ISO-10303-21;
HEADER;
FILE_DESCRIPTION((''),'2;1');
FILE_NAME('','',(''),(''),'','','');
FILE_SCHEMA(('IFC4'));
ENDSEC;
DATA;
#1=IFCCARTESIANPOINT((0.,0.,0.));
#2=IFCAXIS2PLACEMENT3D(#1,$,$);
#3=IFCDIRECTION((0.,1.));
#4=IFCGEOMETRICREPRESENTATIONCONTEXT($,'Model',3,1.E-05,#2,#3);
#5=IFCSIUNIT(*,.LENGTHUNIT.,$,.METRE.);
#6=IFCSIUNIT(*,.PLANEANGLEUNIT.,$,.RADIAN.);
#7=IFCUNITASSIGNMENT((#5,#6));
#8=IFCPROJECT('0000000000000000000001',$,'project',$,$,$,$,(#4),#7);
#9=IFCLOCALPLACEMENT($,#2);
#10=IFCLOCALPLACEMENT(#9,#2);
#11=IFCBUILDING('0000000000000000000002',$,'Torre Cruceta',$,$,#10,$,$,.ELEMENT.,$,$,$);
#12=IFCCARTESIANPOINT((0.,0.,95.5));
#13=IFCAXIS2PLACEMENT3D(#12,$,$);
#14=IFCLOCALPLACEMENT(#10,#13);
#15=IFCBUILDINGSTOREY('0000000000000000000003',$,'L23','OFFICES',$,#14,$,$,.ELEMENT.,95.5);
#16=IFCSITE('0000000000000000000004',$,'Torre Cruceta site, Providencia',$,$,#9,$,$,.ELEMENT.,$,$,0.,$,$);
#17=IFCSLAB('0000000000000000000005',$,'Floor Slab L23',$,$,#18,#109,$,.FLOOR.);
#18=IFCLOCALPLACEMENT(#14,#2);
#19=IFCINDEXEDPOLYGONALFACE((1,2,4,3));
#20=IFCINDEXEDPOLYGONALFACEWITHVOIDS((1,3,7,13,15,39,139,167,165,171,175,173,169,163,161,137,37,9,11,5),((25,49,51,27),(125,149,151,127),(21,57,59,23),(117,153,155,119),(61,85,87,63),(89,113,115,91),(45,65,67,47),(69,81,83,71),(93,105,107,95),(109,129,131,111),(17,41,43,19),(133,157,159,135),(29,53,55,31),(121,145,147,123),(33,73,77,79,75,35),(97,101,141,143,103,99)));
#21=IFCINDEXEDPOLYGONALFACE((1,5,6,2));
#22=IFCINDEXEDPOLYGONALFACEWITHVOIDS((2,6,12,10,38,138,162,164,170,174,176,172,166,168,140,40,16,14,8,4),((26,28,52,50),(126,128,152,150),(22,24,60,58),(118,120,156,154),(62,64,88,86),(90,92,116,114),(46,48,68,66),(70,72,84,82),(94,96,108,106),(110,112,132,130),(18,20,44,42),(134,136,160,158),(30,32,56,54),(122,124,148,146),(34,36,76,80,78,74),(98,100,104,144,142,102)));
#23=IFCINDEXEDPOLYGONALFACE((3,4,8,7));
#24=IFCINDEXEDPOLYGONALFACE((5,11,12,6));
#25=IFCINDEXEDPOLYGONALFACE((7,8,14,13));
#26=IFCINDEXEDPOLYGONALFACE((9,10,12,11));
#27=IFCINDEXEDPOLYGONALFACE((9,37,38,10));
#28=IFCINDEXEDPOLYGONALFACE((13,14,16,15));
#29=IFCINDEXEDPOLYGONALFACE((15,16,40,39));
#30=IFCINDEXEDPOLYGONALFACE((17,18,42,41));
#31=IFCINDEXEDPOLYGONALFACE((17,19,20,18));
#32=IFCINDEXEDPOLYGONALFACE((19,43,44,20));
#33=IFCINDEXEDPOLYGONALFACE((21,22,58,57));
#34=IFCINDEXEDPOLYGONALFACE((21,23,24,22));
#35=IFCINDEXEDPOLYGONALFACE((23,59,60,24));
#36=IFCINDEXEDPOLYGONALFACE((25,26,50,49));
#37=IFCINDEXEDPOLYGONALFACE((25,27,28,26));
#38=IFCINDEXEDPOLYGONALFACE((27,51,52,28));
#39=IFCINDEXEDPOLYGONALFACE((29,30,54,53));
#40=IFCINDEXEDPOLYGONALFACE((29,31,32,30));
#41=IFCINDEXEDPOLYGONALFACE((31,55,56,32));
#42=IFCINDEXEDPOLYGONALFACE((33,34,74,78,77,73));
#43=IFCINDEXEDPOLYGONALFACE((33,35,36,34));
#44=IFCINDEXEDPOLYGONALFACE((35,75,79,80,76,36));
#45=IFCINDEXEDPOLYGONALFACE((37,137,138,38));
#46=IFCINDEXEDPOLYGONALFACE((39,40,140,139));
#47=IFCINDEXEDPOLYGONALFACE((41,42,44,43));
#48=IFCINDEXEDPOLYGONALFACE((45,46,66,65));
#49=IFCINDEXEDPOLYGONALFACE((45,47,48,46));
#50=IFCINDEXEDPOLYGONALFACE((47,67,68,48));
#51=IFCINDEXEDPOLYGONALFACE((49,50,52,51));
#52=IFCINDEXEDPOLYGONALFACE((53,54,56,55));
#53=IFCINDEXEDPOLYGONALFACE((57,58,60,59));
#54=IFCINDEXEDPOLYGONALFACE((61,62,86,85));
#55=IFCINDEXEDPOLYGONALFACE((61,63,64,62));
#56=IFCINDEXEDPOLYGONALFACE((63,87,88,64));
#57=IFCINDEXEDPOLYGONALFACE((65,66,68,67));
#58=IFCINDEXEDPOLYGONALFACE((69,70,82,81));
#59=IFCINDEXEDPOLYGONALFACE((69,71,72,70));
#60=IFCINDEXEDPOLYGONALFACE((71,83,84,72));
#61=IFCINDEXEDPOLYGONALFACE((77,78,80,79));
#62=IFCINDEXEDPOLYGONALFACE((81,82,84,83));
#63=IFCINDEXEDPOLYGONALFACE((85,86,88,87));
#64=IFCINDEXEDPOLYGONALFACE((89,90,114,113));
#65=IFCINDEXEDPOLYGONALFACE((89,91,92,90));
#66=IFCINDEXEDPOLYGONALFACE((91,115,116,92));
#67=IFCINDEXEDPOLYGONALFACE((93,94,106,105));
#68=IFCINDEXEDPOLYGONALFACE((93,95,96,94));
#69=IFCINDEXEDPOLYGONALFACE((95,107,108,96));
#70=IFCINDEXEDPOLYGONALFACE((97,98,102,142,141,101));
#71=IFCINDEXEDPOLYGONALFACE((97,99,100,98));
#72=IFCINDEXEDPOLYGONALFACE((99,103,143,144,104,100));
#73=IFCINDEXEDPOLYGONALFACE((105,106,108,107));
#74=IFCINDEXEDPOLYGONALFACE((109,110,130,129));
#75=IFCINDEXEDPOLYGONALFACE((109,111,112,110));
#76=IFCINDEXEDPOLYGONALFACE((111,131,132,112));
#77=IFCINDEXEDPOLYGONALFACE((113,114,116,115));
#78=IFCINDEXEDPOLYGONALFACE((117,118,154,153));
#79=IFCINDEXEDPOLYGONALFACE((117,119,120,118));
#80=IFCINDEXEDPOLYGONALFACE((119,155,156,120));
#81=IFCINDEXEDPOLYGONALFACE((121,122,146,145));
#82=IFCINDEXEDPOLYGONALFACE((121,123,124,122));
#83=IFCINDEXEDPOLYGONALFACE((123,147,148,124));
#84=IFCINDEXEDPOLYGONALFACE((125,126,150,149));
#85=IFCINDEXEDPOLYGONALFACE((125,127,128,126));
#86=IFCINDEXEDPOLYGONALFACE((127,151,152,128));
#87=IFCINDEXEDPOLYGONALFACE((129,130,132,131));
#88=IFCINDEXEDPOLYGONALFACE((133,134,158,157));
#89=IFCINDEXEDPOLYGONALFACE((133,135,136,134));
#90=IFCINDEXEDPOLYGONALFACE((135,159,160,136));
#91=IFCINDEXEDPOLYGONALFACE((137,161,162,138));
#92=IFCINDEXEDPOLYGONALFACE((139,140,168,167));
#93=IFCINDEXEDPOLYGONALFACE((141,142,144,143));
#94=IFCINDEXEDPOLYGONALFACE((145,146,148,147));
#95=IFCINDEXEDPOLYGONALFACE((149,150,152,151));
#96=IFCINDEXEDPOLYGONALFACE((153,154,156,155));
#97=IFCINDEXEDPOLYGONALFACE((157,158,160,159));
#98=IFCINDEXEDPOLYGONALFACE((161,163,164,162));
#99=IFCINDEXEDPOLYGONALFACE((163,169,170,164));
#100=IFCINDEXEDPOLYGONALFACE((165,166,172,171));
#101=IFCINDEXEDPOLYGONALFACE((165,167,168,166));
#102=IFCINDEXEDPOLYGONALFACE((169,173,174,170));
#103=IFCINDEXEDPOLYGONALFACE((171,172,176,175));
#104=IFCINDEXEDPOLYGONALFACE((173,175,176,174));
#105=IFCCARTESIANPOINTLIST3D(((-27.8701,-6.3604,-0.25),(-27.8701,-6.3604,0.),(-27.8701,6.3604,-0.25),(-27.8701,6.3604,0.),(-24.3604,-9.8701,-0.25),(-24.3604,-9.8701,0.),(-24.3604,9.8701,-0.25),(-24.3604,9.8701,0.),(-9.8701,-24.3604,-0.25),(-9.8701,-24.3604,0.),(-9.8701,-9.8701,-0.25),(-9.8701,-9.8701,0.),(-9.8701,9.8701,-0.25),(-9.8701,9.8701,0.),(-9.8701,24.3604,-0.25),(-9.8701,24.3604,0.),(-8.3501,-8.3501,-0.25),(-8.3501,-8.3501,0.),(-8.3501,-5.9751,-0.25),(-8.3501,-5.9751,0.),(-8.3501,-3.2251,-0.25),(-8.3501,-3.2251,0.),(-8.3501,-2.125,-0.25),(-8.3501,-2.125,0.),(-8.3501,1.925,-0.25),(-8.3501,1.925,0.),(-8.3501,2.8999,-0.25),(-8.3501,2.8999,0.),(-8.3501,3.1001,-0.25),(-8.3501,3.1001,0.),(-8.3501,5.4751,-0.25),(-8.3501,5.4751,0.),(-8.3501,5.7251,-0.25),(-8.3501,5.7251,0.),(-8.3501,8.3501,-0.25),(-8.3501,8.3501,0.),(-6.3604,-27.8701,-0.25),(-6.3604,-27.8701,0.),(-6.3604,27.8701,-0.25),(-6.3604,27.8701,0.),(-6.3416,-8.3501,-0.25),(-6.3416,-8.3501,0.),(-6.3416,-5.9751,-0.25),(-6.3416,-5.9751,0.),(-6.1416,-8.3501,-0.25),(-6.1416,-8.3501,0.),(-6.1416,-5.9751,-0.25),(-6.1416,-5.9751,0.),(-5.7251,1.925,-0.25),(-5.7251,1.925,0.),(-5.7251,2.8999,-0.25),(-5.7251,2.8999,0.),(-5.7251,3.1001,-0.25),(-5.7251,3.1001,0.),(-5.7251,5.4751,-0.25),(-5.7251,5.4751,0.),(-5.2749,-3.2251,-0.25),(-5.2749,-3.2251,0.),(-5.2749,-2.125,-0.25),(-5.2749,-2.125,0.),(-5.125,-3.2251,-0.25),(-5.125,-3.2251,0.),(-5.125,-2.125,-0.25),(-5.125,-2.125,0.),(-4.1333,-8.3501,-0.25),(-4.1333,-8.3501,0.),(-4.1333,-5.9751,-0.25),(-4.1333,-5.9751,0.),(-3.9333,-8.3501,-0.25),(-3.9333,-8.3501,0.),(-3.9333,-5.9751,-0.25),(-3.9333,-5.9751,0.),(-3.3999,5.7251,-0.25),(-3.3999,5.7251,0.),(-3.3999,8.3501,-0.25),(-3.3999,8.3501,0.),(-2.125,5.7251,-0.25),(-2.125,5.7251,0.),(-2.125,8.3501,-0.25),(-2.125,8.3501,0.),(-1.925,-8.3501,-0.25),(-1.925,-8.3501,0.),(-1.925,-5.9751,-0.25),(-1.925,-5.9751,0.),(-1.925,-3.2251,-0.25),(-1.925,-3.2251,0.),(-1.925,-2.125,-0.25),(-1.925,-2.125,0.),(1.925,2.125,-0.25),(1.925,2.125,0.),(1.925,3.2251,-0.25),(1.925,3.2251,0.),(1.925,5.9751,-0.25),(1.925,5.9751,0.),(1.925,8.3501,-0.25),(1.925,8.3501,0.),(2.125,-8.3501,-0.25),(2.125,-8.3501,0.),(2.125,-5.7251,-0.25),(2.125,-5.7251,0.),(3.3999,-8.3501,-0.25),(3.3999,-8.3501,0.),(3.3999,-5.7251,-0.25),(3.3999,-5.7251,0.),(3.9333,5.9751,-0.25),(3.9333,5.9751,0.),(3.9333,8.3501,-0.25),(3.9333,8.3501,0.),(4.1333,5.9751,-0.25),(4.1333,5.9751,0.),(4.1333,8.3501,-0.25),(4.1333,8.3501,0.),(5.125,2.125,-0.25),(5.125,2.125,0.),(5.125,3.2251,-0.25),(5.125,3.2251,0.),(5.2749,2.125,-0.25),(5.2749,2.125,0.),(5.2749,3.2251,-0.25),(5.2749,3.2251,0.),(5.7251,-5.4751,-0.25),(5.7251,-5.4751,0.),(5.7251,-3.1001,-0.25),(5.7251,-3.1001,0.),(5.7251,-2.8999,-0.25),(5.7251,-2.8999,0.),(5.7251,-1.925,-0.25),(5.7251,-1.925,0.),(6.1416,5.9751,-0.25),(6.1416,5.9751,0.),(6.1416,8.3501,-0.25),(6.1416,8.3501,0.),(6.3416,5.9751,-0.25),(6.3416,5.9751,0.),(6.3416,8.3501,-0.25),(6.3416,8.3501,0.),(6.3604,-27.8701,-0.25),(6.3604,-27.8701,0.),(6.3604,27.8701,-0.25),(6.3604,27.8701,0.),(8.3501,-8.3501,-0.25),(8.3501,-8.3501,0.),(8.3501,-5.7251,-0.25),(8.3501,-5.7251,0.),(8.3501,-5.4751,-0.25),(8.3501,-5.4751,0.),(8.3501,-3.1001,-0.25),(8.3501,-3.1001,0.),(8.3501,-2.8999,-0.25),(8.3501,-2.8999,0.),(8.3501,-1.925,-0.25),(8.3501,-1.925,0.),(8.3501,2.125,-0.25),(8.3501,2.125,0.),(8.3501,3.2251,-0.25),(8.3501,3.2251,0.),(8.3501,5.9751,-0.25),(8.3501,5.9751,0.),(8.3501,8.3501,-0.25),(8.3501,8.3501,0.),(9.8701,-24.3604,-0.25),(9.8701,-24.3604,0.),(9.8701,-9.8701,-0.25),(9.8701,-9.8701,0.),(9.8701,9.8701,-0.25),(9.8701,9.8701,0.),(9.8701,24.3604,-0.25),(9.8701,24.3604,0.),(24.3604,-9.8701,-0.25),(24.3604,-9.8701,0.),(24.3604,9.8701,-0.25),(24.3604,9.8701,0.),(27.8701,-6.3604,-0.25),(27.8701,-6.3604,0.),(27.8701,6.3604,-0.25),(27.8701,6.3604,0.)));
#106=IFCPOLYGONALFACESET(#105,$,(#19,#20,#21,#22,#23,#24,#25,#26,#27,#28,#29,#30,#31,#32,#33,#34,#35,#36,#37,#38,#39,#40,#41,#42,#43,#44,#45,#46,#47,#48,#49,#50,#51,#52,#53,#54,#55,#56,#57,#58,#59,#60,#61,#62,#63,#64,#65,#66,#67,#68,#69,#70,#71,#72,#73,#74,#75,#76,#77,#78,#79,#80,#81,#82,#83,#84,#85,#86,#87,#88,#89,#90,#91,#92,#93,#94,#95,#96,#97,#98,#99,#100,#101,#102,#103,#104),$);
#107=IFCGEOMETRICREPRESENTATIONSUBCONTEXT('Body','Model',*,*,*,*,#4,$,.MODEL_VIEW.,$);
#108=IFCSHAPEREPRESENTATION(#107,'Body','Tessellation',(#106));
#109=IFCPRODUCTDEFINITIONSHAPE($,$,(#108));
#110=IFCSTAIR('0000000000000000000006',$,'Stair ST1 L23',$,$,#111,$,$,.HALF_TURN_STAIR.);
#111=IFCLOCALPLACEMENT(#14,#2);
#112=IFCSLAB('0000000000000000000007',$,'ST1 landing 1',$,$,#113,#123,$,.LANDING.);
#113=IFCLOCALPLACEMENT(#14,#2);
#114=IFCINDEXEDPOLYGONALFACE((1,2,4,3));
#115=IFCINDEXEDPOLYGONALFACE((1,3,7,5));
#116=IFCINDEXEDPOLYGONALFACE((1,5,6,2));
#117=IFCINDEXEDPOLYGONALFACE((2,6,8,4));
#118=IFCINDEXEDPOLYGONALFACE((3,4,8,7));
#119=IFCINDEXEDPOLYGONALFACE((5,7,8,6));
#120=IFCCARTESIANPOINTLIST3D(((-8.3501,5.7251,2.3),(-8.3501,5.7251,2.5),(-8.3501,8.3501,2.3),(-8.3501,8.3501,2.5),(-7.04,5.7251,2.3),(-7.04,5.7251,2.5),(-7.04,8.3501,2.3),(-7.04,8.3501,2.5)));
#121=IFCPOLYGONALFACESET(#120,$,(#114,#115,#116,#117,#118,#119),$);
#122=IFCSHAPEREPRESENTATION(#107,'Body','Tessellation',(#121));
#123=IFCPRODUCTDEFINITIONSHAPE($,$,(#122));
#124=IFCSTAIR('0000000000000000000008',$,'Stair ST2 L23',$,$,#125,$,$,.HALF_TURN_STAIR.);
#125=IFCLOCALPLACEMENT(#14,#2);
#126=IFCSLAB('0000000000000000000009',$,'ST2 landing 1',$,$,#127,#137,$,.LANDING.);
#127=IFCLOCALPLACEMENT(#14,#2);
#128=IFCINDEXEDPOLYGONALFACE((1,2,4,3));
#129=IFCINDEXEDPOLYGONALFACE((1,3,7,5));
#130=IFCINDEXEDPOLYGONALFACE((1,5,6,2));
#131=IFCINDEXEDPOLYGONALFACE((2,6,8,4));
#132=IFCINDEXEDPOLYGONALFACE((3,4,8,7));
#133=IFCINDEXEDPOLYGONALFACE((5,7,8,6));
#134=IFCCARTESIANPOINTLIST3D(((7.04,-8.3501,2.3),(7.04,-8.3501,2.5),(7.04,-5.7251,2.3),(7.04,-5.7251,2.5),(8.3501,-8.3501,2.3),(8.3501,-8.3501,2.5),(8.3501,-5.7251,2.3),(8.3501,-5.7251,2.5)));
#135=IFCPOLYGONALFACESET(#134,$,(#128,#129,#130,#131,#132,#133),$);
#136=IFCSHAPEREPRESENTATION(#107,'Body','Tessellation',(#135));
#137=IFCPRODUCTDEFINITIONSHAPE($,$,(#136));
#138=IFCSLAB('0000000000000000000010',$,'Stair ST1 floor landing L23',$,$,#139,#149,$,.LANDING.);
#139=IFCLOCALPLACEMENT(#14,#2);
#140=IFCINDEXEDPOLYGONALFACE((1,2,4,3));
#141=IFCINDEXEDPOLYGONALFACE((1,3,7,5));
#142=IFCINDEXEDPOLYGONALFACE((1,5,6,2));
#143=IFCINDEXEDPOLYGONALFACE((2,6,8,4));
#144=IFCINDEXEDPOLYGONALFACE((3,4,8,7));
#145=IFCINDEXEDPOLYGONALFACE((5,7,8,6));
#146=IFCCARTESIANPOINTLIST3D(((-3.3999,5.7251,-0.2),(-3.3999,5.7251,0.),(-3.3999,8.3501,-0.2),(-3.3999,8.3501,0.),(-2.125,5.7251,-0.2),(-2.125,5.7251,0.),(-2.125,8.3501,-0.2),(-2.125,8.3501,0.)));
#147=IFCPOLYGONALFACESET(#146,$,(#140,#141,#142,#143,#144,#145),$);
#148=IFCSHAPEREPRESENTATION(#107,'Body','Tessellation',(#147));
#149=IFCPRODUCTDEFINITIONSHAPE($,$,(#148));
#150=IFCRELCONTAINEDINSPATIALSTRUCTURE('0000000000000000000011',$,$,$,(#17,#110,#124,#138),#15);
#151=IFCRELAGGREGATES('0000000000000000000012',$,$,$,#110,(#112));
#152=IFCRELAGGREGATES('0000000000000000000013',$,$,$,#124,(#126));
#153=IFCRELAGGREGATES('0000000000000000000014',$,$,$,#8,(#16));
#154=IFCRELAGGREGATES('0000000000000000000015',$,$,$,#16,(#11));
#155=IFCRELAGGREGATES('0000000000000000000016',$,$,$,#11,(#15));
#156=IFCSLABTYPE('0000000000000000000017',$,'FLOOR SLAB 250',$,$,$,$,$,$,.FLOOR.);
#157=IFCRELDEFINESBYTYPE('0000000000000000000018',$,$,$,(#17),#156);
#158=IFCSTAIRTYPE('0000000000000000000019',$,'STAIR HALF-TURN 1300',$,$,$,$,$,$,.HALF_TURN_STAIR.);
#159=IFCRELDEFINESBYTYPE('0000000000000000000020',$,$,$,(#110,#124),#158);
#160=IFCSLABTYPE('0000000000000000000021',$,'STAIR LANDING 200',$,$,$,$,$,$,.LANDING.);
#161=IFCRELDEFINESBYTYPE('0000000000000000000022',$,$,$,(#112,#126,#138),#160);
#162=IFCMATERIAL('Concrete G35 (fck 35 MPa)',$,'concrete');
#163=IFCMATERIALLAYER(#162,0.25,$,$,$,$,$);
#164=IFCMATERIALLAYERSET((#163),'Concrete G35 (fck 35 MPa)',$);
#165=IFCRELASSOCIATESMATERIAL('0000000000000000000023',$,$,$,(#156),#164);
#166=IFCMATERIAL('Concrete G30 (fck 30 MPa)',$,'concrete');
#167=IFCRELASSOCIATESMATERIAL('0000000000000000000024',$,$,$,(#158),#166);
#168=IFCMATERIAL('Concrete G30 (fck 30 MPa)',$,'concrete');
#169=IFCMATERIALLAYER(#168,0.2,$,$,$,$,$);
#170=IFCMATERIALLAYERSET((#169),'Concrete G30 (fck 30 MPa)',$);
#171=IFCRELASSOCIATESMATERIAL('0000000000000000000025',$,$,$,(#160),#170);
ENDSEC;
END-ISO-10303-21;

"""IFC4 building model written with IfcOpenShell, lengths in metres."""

from ifc_helpers import new_model, si_unit, direction, frame, origin, place, context, subcontext, project, spatial, polyline, outline, extrude, material, layer, layer_set, type_object, element, aggregate, save


model = new_model("IFC4")

# Units and contexts
model_context = context("Model", 3, precision=1e-05, world=origin(), true_north=direction((0.0, 1.0)))
body_context = subcontext(model_context, "Body", "Model", "MODEL_VIEW")
ifc_project = project(units=[si_unit("LENGTHUNIT", "METRE"), si_unit("PLANEANGLEUNIT", "RADIAN")], contexts=[model_context])

# Site, building, storey
site_placement = place(None, origin())
site = spatial("IfcSite", under=ifc_project, at=site_placement, Name="Torre Cruceta site, Providencia", CompositionType="ELEMENT", RefElevation=0.0)
building_placement = place(site_placement, origin())
building = spatial("IfcBuilding", under=site, at=building_placement, Name="Torre Cruceta", CompositionType="ELEMENT")
storey_placement = place(building_placement, frame((0.0, 0.0, 95.5)))
storey = spatial("IfcBuildingStorey", under=building, at=storey_placement, Name="L23", Description="OFFICES", CompositionType="ELEMENT", Elevation=95.5)

# Slab
ifc_material_1 = material(Name="Concrete G35 (fck 35 MPa)", Category="concrete")
ifc_layer_1 = layer(ifc_material_1, 0.25)
ifc_layer_set_1 = layer_set([ifc_layer_1], Name="Concrete G35 (fck 35 MPa)")
slab_type_1 = type_object("IfcSlabType", Name="FLOOR SLAB 250", PredefinedType="FLOOR", material=ifc_layer_set_1)
slab_1_placement = place(storey_placement, frame((0.0, 0.0, -0.25)))
element("IfcSlab", 1, at=slab_1_placement, inside=storey, type_object=slab_type_1, Name="Floor Slab L23", PredefinedType="FLOOR", context=body_context, shape_type="SweptSolid", body=[
    extrude(outline(polyline([(9.8701, -9.8701), (9.8701, -24.3604), (6.3604, -27.8701), (-6.3604, -27.8701), (-9.8701, -24.3604), (-9.8701, -9.8701), (-24.3604, -9.8701), (-27.8701, -6.3604), (-27.8701, 6.3604), (-24.3604, 9.8701), (-9.8701, 9.8701), (-9.8701, 24.3604), (-6.3604, 27.8701), (6.3604, 27.8701), (9.8701, 24.3604), (9.8701, 9.8701), (24.3604, 9.8701), (27.8701, 6.3604), (27.8701, -6.3604), (24.3604, -9.8701), (9.8701, -9.8701)]), holes=[polyline([(1.925, 5.9751), (3.9333, 5.9751), (3.9333, 8.3501), (1.925, 8.3501), (1.925, 5.9751)]), polyline([(4.1333, 5.9751), (6.1416, 5.9751), (6.1416, 8.3501), (4.1333, 8.3501), (4.1333, 5.9751)]), polyline([(6.3416, 5.9751), (8.3501, 5.9751), (8.3501, 8.3501), (6.3416, 8.3501), (6.3416, 5.9751)]), polyline([(1.925, 2.125), (5.125, 2.125), (5.125, 3.2251), (1.925, 3.2251), (1.925, 2.125)]), polyline([(5.2749, 2.125), (8.3501, 2.125), (8.3501, 3.2251), (5.2749, 3.2251), (5.2749, 2.125)]), polyline([(-8.3501, 3.1001), (-5.7251, 3.1001), (-5.7251, 5.4751), (-8.3501, 5.4751), (-8.3501, 3.1001)]), polyline([(-8.3501, 1.925), (-5.7251, 1.925), (-5.7251, 2.8999), (-8.3501, 2.8999), (-8.3501, 1.925)]), polyline([(-3.9333, -8.3501), (-1.925, -8.3501), (-1.925, -5.9751), (-3.9333, -5.9751), (-3.9333, -8.3501)]), polyline([(-6.1416, -8.3501), (-4.1333, -8.3501), (-4.1333, -5.9751), (-6.1416, -5.9751), (-6.1416, -8.3501)]), polyline([(-8.3501, -8.3501), (-6.3416, -8.3501), (-6.3416, -5.9751), (-8.3501, -5.9751), (-8.3501, -8.3501)]), polyline([(-5.125, -3.2251), (-1.925, -3.2251), (-1.925, -2.125), (-5.125, -2.125), (-5.125, -3.2251)]), polyline([(-8.3501, -3.2251), (-5.2749, -3.2251), (-5.2749, -2.125), (-8.3501, -2.125), (-8.3501, -3.2251)]), polyline([(5.7251, -5.4751), (8.3501, -5.4751), (8.3501, -3.1001), (5.7251, -3.1001), (5.7251, -5.4751)]), polyline([(5.7251, -2.8999), (8.3501, -2.8999), (8.3501, -1.925), (5.7251, -1.925), (5.7251, -2.8999)]), polyline([(-8.3501, 5.7251), (-8.3501, 8.3501), (-3.3999, 8.3501), (-2.125, 8.3501), (-2.125, 5.7251), (-3.3999, 5.7251), (-8.3501, 5.7251)]), polyline([(2.125, -5.7251), (3.3999, -5.7251), (8.3501, -5.7251), (8.3501, -8.3501), (3.3999, -8.3501), (2.125, -8.3501), (2.125, -5.7251)])]), origin(), (0.0, 0.0, 1.0), 0.25),
])

# Stairs, slabs
ifc_material_2 = material(Name="Concrete G30 (fck 30 MPa)", Category="concrete")
stair_type = type_object("IfcStairType", Name="STAIR HALF-TURN 1300", PredefinedType="HALF_TURN_STAIR", material=ifc_material_2)
stair_1_placement = place(storey_placement, origin())
stair_1 = element("IfcStair", 2, at=stair_1_placement, inside=storey, type_object=stair_type, Name="Stair ST1 L23", PredefinedType="HALF_TURN_STAIR")
ifc_material_3 = material(Name="Concrete G30 (fck 30 MPa)", Category="concrete")
ifc_layer_2 = layer(ifc_material_3, 0.2)
ifc_layer_set_2 = layer_set([ifc_layer_2], Name="Concrete G30 (fck 30 MPa)")
slab_type_2 = type_object("IfcSlabType", Name="STAIR LANDING 200", PredefinedType="LANDING", material=ifc_layer_set_2)
slab_2_placement = place(storey_placement, frame((0.0, 0.0, 2.3)))
slab_2 = element("IfcSlab", 3, at=slab_2_placement, type_object=slab_type_2, Name="ST1 landing 1", PredefinedType="LANDING", context=body_context, shape_type="SweptSolid", body=[
    extrude(outline(polyline([(-8.3501, 5.7251), (-7.04, 5.7251), (-7.04, 8.3501), (-8.3501, 8.3501), (-8.3501, 5.7251)])), origin(), (0.0, 0.0, 1.0), 0.2),
])
aggregate(stair_1, [slab_2])
stair_2_placement = place(storey_placement, origin())
stair_2 = element("IfcStair", 4, at=stair_2_placement, inside=storey, type_object=stair_type, Name="Stair ST2 L23", PredefinedType="HALF_TURN_STAIR")
slab_3_placement = place(storey_placement, frame((0.0, 0.0, 2.3)))
slab_3 = element("IfcSlab", 5, at=slab_3_placement, type_object=slab_type_2, Name="ST2 landing 1", PredefinedType="LANDING", context=body_context, shape_type="SweptSolid", body=[
    extrude(outline(polyline([(7.04, -8.3501), (8.3501, -8.3501), (8.3501, -5.7251), (7.04, -5.7251), (7.04, -8.3501)])), origin(), (0.0, 0.0, 1.0), 0.2),
])

# Slab
slab_4_placement = place(storey_placement, frame((0.0, 0.0, -0.2)))
element("IfcSlab", 6, at=slab_4_placement, inside=storey, type_object=slab_type_2, Name="Stair ST1 floor landing L23", PredefinedType="LANDING", context=body_context, shape_type="SweptSolid", body=[
    extrude(outline(polyline([(-2.125, 8.3501), (-2.125, 5.7251), (-3.3999, 5.7251), (-3.3999, 8.3501), (-2.125, 8.3501)])), origin(), (0.0, 0.0, 1.0), 0.2),
])

aggregate(stair_2, [slab_3])

save(model, "model.ifc")
